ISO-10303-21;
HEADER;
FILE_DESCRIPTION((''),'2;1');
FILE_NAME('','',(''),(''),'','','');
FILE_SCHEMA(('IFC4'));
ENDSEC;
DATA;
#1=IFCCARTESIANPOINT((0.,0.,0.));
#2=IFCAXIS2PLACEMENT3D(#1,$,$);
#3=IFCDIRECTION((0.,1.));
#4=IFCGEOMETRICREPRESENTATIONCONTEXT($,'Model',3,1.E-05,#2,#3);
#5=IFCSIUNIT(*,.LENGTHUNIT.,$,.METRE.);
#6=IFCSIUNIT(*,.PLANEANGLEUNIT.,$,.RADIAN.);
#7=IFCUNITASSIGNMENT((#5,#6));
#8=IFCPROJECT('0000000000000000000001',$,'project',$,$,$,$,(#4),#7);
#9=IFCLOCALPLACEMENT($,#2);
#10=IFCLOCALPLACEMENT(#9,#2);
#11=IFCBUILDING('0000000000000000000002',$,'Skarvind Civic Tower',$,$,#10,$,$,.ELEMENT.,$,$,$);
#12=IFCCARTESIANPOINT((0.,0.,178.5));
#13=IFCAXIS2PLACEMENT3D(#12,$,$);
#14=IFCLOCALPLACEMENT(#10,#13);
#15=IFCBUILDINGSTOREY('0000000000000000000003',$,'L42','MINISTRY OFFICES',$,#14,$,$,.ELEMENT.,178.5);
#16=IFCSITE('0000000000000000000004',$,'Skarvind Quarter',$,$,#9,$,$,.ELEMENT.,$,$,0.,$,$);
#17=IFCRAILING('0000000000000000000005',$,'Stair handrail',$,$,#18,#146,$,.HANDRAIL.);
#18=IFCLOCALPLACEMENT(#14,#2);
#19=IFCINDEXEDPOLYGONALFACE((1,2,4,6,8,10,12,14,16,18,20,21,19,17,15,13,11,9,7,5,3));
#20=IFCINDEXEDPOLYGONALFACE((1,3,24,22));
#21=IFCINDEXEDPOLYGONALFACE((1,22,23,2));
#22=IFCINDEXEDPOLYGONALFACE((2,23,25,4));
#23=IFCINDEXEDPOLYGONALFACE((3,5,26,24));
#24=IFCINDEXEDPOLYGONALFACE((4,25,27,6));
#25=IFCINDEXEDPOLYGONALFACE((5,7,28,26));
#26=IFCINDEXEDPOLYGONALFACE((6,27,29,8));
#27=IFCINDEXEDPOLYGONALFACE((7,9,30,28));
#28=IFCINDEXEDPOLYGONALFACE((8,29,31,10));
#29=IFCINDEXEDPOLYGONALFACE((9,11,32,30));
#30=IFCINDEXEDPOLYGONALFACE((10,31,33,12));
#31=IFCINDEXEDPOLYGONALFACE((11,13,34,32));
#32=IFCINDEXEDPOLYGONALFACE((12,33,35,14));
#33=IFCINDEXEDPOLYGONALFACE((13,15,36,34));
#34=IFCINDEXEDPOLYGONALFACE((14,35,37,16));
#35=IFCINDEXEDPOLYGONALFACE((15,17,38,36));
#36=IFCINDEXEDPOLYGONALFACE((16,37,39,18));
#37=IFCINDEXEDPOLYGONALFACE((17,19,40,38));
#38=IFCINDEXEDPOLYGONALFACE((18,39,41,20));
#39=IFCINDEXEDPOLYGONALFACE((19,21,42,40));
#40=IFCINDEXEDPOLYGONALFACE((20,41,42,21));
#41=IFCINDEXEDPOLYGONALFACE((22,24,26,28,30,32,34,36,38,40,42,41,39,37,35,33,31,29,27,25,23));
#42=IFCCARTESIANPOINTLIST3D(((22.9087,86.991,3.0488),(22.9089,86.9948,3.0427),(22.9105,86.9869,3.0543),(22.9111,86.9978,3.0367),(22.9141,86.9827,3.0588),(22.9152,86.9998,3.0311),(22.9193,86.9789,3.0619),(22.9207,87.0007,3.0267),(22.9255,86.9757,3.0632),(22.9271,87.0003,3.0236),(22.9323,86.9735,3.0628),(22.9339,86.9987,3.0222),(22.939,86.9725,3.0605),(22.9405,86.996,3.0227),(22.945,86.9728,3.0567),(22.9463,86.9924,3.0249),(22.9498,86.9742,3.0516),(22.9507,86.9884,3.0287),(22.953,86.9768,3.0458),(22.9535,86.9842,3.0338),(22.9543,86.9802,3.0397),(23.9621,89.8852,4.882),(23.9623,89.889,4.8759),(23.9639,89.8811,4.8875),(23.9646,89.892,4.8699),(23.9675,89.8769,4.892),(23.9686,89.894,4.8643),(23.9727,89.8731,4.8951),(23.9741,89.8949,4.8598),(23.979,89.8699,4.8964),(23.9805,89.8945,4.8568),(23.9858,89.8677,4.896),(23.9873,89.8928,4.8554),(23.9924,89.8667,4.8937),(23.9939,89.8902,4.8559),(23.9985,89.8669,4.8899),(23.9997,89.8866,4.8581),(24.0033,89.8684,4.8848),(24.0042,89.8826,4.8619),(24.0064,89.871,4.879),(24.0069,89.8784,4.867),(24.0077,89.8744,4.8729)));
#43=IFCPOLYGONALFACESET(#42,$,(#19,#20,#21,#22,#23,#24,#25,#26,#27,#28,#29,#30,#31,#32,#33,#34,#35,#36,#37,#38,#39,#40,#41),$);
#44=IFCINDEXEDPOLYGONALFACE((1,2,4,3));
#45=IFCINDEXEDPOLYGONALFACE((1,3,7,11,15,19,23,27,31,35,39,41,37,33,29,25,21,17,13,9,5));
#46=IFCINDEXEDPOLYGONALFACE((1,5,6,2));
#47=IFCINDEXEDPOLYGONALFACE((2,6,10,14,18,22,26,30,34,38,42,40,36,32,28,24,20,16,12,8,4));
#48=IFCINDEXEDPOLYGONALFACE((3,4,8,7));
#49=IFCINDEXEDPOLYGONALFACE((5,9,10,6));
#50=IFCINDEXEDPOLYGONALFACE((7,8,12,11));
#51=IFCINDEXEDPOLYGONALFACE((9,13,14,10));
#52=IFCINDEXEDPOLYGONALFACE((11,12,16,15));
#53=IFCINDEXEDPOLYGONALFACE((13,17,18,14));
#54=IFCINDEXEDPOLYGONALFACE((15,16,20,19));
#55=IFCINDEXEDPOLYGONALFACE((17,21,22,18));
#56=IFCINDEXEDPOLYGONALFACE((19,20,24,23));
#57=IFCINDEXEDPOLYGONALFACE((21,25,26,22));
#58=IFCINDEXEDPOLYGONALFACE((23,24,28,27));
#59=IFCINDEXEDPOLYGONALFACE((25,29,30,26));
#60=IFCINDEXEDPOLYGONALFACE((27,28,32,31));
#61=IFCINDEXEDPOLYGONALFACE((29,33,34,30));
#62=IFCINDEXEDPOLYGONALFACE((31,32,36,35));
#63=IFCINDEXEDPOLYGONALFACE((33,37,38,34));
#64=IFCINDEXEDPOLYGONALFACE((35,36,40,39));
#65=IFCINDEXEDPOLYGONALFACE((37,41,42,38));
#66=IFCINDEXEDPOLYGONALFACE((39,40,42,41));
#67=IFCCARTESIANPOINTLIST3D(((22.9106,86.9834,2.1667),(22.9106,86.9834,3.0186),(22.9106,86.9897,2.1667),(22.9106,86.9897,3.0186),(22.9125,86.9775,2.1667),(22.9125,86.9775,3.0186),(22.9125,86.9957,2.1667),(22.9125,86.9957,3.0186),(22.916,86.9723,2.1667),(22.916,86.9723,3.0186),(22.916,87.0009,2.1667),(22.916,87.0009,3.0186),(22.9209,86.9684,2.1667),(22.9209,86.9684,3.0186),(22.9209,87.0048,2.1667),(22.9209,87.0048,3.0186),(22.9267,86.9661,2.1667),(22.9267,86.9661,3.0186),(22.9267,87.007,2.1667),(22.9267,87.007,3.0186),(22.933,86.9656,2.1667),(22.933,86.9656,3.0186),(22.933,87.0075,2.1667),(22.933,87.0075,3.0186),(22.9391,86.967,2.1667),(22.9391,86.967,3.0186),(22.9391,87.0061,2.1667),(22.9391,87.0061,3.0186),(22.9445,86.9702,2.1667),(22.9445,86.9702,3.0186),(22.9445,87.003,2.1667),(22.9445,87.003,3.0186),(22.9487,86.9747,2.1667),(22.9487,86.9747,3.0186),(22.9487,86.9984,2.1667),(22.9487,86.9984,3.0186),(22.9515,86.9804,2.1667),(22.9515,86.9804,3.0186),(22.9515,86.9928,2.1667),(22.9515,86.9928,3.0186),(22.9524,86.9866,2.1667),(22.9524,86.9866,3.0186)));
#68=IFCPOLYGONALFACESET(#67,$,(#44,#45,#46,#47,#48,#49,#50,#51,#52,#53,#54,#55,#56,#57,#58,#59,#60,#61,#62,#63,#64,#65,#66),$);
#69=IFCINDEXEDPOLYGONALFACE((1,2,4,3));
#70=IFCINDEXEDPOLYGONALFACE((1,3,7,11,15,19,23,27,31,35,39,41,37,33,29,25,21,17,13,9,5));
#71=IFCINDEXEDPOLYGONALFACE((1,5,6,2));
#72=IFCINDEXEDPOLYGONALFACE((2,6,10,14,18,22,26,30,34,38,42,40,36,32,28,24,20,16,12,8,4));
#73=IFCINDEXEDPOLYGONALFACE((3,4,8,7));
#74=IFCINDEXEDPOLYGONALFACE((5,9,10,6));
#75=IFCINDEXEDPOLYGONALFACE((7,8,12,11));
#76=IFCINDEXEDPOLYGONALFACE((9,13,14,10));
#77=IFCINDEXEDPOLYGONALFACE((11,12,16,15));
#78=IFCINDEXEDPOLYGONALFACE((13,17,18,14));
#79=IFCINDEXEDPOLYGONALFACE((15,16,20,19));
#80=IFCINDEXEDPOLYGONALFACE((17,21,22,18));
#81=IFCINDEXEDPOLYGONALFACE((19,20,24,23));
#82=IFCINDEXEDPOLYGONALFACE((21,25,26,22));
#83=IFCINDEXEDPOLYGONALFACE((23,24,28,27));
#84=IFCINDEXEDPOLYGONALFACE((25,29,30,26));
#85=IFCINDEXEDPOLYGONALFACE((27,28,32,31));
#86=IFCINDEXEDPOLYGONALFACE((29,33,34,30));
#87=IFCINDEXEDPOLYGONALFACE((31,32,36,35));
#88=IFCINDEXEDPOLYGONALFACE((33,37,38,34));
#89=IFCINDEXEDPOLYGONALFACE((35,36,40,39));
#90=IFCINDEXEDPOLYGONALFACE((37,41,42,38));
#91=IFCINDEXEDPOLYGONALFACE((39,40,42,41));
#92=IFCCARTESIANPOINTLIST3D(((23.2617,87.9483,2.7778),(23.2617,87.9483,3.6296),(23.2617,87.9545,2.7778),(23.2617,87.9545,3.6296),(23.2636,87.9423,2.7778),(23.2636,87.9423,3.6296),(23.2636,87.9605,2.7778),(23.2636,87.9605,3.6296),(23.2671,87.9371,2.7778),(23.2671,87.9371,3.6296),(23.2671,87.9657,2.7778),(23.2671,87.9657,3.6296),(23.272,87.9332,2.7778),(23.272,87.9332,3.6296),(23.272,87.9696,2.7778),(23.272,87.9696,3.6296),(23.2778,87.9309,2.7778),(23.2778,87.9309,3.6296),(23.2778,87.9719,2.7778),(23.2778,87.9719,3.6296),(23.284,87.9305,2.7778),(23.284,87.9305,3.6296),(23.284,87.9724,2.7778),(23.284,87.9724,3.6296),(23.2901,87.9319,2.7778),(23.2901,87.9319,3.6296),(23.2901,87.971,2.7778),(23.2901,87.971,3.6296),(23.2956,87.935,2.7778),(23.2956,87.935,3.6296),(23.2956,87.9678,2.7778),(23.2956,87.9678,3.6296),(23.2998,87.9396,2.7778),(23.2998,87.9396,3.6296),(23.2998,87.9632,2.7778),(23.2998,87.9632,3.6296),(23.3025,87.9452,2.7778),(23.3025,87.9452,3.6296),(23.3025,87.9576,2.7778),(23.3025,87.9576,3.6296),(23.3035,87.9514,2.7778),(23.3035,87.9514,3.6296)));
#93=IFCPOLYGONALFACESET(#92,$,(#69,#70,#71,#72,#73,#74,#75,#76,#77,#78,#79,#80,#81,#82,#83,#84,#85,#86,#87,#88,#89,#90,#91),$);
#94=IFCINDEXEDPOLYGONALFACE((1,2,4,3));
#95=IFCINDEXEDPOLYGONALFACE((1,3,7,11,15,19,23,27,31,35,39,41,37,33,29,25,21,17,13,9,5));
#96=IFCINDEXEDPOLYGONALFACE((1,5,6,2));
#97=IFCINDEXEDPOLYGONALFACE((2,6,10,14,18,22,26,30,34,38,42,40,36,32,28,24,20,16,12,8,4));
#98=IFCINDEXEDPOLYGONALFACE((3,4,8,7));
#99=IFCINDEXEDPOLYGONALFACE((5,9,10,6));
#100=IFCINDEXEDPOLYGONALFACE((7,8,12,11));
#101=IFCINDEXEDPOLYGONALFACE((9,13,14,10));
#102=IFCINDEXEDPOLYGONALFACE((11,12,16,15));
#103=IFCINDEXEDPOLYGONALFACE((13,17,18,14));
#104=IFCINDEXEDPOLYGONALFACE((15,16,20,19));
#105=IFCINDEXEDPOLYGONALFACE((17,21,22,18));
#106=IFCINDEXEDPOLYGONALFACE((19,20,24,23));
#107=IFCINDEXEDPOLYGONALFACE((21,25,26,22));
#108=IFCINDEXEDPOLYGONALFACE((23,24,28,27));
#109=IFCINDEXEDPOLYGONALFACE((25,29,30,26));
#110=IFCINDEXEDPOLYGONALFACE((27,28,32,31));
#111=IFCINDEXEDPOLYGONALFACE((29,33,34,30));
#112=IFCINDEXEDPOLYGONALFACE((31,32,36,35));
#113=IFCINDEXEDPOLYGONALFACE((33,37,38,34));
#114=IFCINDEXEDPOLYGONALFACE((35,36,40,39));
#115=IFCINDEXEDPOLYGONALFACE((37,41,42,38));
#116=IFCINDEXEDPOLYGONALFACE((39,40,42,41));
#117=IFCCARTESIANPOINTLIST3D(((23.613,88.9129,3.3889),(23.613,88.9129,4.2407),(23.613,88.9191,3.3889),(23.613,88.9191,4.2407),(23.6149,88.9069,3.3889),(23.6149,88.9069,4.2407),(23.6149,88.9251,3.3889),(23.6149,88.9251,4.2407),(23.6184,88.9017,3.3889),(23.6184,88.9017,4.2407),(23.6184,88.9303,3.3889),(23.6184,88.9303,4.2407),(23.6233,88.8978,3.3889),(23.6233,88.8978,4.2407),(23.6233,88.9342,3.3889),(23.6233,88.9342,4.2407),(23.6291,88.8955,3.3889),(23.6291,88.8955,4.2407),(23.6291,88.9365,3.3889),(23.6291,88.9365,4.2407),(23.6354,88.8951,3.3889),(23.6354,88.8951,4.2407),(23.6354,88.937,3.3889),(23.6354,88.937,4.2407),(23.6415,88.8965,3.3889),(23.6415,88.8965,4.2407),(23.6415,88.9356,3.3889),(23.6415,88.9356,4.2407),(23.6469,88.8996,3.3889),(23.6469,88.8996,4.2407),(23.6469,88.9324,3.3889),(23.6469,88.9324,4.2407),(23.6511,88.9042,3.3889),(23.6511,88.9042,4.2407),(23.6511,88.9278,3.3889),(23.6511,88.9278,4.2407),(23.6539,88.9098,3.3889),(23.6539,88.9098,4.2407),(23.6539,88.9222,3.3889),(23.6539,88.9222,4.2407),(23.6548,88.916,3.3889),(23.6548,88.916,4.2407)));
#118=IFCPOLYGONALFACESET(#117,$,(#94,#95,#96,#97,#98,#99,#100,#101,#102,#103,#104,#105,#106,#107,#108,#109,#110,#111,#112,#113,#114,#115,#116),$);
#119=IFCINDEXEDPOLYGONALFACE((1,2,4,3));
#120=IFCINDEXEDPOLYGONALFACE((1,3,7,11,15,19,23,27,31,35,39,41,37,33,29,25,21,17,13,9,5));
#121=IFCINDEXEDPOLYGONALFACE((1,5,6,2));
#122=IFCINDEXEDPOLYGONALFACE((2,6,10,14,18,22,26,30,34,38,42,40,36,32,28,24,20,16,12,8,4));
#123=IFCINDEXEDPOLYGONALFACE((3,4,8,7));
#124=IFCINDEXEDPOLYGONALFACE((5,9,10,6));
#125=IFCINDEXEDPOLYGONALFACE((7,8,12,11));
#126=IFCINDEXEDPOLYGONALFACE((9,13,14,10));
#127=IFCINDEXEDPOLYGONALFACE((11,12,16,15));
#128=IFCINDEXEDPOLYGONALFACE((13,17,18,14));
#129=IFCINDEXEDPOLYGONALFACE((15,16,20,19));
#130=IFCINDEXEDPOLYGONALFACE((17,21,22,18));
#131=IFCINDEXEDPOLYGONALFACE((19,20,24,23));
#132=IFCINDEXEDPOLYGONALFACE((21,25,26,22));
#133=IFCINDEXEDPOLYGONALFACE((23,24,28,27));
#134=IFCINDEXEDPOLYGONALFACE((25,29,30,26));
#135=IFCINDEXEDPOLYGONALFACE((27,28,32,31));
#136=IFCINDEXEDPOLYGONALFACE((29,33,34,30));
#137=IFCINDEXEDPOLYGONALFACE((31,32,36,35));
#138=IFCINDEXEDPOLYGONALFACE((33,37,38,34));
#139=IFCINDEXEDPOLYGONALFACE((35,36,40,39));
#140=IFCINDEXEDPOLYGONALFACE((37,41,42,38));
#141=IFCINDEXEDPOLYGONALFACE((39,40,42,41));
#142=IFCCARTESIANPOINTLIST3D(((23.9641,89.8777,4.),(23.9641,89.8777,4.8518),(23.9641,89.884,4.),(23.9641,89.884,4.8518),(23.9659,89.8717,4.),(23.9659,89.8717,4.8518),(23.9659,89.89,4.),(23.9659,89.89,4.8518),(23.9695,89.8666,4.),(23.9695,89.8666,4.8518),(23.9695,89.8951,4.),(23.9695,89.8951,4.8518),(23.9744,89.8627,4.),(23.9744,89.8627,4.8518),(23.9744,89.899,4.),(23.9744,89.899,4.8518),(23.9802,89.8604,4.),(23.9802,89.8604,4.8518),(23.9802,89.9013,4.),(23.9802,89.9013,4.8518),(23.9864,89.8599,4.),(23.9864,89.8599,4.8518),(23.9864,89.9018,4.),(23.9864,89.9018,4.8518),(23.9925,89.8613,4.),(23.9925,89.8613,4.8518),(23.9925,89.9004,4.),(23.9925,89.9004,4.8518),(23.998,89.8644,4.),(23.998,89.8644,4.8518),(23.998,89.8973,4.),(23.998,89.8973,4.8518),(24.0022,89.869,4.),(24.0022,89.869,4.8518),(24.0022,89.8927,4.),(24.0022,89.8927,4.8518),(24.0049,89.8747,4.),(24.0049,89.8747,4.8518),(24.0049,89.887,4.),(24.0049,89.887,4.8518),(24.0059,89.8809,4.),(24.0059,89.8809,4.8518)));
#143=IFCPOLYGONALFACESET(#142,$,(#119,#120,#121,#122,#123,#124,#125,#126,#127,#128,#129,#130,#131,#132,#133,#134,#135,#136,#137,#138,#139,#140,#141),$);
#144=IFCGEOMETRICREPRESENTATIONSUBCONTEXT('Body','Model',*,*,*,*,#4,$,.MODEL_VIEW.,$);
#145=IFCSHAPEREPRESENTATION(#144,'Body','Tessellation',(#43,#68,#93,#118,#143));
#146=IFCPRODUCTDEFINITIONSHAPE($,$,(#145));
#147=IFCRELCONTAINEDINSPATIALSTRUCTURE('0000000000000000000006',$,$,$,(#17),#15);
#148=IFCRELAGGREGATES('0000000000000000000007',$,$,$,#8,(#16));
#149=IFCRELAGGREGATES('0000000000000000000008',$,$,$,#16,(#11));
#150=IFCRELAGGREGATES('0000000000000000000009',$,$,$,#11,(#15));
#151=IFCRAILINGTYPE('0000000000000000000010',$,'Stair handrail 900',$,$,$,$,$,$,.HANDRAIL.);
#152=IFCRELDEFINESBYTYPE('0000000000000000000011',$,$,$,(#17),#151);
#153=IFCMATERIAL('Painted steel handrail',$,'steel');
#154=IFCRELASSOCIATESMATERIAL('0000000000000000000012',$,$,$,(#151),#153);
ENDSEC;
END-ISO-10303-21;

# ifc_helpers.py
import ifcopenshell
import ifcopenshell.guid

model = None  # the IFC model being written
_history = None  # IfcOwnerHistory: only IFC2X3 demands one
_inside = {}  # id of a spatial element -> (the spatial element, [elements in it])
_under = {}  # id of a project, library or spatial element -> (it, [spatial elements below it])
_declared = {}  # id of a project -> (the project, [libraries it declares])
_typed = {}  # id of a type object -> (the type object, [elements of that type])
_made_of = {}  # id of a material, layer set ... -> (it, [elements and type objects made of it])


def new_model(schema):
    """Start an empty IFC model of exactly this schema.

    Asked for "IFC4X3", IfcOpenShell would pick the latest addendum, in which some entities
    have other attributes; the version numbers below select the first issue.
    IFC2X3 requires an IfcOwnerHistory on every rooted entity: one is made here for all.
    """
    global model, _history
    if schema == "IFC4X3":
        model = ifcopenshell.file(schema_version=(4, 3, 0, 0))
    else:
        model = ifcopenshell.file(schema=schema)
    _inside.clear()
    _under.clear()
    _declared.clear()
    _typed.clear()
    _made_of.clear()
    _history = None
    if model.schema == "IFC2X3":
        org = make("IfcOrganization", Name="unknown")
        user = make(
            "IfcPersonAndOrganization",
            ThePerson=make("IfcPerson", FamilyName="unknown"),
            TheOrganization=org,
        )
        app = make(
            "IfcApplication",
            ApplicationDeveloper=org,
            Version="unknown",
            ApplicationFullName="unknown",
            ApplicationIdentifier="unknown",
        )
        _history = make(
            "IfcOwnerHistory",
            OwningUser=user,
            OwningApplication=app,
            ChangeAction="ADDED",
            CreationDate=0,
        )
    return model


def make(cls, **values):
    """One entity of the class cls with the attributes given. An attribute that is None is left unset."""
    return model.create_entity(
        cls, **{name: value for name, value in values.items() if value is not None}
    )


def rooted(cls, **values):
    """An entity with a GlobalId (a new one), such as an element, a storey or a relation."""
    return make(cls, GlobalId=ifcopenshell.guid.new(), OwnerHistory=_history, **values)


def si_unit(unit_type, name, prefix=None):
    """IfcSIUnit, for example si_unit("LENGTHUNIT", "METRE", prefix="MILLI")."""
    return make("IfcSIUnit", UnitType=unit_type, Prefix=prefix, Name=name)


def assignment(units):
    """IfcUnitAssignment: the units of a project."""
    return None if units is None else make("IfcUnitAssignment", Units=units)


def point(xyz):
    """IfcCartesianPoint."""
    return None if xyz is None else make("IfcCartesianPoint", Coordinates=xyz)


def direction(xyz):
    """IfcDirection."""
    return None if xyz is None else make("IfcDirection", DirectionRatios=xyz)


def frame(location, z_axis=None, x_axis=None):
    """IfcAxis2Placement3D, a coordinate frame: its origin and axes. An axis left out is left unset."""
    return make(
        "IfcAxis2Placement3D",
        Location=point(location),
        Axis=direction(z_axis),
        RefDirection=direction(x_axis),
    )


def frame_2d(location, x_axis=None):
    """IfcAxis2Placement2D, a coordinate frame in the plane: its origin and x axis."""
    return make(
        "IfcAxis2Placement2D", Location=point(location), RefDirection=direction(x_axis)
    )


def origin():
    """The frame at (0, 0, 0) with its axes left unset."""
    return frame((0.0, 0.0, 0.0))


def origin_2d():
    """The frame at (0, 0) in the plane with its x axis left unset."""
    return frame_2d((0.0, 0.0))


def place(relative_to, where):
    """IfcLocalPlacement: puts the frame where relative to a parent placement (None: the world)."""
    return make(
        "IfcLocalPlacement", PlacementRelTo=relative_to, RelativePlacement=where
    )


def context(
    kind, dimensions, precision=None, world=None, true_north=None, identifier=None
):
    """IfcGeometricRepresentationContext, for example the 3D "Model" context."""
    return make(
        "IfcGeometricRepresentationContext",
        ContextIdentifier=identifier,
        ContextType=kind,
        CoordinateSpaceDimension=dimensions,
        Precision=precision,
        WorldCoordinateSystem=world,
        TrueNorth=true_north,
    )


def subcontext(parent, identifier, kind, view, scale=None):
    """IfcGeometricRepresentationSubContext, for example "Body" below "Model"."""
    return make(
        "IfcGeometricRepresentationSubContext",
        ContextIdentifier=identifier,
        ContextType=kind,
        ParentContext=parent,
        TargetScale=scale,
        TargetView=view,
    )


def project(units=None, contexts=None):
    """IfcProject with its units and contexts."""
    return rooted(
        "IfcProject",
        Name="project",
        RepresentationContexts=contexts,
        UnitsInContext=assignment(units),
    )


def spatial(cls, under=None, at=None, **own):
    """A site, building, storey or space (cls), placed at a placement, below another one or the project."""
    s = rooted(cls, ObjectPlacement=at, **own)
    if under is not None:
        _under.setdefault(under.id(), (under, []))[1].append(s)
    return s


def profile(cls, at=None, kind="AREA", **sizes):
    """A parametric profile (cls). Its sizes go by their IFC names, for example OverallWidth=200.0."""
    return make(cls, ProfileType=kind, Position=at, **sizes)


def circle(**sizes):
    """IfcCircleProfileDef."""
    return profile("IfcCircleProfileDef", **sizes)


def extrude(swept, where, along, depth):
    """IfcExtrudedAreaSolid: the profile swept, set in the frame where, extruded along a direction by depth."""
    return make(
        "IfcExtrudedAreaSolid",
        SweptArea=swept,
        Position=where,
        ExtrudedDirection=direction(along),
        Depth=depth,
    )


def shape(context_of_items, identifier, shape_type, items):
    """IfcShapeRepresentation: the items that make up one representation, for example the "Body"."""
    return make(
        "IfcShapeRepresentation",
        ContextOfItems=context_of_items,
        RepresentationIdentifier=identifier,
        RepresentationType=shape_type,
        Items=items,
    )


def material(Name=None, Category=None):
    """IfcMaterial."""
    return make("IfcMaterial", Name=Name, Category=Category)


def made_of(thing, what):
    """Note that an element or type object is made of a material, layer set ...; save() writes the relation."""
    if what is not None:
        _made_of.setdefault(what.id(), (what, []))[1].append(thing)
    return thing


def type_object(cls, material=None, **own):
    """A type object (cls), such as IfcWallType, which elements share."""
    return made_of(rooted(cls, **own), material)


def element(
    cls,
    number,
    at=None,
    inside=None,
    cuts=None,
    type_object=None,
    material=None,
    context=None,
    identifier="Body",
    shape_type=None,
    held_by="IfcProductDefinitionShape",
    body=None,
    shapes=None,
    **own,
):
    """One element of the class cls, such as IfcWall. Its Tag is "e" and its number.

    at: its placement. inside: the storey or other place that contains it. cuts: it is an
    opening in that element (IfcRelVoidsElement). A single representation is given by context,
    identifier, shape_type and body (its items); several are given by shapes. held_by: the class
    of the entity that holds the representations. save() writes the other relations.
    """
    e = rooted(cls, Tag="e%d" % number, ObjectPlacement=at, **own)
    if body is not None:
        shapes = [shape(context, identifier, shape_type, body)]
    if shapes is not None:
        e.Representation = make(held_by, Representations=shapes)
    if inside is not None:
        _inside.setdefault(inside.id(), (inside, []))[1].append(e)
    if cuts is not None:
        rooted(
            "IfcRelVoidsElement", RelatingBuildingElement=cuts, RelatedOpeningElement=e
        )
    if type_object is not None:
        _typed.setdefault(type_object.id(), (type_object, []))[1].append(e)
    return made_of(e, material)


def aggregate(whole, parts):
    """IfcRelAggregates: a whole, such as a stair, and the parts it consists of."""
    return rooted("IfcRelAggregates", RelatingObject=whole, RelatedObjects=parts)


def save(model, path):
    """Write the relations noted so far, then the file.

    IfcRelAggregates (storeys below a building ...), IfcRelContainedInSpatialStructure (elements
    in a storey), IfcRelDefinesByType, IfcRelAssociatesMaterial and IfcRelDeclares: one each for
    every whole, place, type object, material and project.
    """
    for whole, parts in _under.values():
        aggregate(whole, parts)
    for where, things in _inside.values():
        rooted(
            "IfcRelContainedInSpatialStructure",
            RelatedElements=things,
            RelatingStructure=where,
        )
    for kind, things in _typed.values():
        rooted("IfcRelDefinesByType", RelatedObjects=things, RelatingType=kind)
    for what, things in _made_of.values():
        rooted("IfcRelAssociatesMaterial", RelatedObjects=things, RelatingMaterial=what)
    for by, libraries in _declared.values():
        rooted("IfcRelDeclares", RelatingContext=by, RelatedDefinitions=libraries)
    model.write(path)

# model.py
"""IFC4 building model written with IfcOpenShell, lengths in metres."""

from ifc_helpers import new_model, si_unit, direction, frame, origin, origin_2d, place, context, subcontext, project, spatial, circle, extrude, material, type_object, element, save


model = new_model("IFC4")

# Units and contexts
model_context = context("Model", 3, precision=1e-05, world=origin(), true_north=direction((0.0, 1.0)))
body_context = subcontext(model_context, "Body", "Model", "MODEL_VIEW")
ifc_project = project(units=[si_unit("LENGTHUNIT", "METRE"), si_unit("PLANEANGLEUNIT", "RADIAN")], contexts=[model_context])

# Site, building, storey
site_placement = place(None, origin())
site = spatial("IfcSite", under=ifc_project, at=site_placement, Name="Skarvind Quarter", CompositionType="ELEMENT", RefElevation=0.0)
building_placement = place(site_placement, origin())
building = spatial("IfcBuilding", under=site, at=building_placement, Name="Skarvind Civic Tower", CompositionType="ELEMENT")
storey_placement = place(building_placement, frame((0.0, 0.0, 178.5)))
storey = spatial("IfcBuildingStorey", under=building, at=storey_placement, Name="L42", Description="MINISTRY OFFICES", CompositionType="ELEMENT", Elevation=178.5)

# Railing
ifc_material_1 = material(Name="Painted steel handrail", Category="steel")
railing_type = type_object("IfcRailingType", Name="Stair handrail 900", PredefinedType="HANDRAIL", material=ifc_material_1)
railing_1_placement = place(storey_placement, frame((22.9314, 86.9866, 2.1667)))
element("IfcRailing", 1, at=railing_1_placement, inside=storey, type_object=railing_type, Name="Stair handrail", PredefinedType="HANDRAIL", context=body_context, shape_type="SweptSolid", body=[
    extrude(circle(Radius=0.0239, at=origin_2d()), frame((0.0, 0.0, 0.876), z_axis=(0.293908, 0.807481, 0.511461), x_axis=(-0.939689, 0.342029, 0.0)), (0.0, 0.0, 1.0), 3.5842),
    extrude(circle(Radius=0.021, at=origin_2d()), origin(), (0.0, 0.0, 1.0), 0.8518),
    extrude(circle(Radius=0.021, at=origin_2d()), frame((0.3511, 0.9648, 0.6111)), (0.0, 0.0, 1.0), 0.8518),
    extrude(circle(Radius=0.021, at=origin_2d()), frame((0.7024, 1.9294, 1.2222)), (0.0, 0.0, 1.0), 0.8518),
    extrude(circle(Radius=0.021, at=origin_2d()), frame((1.0535, 2.8943, 1.8333)), (0.0, 0.0, 1.0), 0.8518),
])

save(model, "model.ifc")
